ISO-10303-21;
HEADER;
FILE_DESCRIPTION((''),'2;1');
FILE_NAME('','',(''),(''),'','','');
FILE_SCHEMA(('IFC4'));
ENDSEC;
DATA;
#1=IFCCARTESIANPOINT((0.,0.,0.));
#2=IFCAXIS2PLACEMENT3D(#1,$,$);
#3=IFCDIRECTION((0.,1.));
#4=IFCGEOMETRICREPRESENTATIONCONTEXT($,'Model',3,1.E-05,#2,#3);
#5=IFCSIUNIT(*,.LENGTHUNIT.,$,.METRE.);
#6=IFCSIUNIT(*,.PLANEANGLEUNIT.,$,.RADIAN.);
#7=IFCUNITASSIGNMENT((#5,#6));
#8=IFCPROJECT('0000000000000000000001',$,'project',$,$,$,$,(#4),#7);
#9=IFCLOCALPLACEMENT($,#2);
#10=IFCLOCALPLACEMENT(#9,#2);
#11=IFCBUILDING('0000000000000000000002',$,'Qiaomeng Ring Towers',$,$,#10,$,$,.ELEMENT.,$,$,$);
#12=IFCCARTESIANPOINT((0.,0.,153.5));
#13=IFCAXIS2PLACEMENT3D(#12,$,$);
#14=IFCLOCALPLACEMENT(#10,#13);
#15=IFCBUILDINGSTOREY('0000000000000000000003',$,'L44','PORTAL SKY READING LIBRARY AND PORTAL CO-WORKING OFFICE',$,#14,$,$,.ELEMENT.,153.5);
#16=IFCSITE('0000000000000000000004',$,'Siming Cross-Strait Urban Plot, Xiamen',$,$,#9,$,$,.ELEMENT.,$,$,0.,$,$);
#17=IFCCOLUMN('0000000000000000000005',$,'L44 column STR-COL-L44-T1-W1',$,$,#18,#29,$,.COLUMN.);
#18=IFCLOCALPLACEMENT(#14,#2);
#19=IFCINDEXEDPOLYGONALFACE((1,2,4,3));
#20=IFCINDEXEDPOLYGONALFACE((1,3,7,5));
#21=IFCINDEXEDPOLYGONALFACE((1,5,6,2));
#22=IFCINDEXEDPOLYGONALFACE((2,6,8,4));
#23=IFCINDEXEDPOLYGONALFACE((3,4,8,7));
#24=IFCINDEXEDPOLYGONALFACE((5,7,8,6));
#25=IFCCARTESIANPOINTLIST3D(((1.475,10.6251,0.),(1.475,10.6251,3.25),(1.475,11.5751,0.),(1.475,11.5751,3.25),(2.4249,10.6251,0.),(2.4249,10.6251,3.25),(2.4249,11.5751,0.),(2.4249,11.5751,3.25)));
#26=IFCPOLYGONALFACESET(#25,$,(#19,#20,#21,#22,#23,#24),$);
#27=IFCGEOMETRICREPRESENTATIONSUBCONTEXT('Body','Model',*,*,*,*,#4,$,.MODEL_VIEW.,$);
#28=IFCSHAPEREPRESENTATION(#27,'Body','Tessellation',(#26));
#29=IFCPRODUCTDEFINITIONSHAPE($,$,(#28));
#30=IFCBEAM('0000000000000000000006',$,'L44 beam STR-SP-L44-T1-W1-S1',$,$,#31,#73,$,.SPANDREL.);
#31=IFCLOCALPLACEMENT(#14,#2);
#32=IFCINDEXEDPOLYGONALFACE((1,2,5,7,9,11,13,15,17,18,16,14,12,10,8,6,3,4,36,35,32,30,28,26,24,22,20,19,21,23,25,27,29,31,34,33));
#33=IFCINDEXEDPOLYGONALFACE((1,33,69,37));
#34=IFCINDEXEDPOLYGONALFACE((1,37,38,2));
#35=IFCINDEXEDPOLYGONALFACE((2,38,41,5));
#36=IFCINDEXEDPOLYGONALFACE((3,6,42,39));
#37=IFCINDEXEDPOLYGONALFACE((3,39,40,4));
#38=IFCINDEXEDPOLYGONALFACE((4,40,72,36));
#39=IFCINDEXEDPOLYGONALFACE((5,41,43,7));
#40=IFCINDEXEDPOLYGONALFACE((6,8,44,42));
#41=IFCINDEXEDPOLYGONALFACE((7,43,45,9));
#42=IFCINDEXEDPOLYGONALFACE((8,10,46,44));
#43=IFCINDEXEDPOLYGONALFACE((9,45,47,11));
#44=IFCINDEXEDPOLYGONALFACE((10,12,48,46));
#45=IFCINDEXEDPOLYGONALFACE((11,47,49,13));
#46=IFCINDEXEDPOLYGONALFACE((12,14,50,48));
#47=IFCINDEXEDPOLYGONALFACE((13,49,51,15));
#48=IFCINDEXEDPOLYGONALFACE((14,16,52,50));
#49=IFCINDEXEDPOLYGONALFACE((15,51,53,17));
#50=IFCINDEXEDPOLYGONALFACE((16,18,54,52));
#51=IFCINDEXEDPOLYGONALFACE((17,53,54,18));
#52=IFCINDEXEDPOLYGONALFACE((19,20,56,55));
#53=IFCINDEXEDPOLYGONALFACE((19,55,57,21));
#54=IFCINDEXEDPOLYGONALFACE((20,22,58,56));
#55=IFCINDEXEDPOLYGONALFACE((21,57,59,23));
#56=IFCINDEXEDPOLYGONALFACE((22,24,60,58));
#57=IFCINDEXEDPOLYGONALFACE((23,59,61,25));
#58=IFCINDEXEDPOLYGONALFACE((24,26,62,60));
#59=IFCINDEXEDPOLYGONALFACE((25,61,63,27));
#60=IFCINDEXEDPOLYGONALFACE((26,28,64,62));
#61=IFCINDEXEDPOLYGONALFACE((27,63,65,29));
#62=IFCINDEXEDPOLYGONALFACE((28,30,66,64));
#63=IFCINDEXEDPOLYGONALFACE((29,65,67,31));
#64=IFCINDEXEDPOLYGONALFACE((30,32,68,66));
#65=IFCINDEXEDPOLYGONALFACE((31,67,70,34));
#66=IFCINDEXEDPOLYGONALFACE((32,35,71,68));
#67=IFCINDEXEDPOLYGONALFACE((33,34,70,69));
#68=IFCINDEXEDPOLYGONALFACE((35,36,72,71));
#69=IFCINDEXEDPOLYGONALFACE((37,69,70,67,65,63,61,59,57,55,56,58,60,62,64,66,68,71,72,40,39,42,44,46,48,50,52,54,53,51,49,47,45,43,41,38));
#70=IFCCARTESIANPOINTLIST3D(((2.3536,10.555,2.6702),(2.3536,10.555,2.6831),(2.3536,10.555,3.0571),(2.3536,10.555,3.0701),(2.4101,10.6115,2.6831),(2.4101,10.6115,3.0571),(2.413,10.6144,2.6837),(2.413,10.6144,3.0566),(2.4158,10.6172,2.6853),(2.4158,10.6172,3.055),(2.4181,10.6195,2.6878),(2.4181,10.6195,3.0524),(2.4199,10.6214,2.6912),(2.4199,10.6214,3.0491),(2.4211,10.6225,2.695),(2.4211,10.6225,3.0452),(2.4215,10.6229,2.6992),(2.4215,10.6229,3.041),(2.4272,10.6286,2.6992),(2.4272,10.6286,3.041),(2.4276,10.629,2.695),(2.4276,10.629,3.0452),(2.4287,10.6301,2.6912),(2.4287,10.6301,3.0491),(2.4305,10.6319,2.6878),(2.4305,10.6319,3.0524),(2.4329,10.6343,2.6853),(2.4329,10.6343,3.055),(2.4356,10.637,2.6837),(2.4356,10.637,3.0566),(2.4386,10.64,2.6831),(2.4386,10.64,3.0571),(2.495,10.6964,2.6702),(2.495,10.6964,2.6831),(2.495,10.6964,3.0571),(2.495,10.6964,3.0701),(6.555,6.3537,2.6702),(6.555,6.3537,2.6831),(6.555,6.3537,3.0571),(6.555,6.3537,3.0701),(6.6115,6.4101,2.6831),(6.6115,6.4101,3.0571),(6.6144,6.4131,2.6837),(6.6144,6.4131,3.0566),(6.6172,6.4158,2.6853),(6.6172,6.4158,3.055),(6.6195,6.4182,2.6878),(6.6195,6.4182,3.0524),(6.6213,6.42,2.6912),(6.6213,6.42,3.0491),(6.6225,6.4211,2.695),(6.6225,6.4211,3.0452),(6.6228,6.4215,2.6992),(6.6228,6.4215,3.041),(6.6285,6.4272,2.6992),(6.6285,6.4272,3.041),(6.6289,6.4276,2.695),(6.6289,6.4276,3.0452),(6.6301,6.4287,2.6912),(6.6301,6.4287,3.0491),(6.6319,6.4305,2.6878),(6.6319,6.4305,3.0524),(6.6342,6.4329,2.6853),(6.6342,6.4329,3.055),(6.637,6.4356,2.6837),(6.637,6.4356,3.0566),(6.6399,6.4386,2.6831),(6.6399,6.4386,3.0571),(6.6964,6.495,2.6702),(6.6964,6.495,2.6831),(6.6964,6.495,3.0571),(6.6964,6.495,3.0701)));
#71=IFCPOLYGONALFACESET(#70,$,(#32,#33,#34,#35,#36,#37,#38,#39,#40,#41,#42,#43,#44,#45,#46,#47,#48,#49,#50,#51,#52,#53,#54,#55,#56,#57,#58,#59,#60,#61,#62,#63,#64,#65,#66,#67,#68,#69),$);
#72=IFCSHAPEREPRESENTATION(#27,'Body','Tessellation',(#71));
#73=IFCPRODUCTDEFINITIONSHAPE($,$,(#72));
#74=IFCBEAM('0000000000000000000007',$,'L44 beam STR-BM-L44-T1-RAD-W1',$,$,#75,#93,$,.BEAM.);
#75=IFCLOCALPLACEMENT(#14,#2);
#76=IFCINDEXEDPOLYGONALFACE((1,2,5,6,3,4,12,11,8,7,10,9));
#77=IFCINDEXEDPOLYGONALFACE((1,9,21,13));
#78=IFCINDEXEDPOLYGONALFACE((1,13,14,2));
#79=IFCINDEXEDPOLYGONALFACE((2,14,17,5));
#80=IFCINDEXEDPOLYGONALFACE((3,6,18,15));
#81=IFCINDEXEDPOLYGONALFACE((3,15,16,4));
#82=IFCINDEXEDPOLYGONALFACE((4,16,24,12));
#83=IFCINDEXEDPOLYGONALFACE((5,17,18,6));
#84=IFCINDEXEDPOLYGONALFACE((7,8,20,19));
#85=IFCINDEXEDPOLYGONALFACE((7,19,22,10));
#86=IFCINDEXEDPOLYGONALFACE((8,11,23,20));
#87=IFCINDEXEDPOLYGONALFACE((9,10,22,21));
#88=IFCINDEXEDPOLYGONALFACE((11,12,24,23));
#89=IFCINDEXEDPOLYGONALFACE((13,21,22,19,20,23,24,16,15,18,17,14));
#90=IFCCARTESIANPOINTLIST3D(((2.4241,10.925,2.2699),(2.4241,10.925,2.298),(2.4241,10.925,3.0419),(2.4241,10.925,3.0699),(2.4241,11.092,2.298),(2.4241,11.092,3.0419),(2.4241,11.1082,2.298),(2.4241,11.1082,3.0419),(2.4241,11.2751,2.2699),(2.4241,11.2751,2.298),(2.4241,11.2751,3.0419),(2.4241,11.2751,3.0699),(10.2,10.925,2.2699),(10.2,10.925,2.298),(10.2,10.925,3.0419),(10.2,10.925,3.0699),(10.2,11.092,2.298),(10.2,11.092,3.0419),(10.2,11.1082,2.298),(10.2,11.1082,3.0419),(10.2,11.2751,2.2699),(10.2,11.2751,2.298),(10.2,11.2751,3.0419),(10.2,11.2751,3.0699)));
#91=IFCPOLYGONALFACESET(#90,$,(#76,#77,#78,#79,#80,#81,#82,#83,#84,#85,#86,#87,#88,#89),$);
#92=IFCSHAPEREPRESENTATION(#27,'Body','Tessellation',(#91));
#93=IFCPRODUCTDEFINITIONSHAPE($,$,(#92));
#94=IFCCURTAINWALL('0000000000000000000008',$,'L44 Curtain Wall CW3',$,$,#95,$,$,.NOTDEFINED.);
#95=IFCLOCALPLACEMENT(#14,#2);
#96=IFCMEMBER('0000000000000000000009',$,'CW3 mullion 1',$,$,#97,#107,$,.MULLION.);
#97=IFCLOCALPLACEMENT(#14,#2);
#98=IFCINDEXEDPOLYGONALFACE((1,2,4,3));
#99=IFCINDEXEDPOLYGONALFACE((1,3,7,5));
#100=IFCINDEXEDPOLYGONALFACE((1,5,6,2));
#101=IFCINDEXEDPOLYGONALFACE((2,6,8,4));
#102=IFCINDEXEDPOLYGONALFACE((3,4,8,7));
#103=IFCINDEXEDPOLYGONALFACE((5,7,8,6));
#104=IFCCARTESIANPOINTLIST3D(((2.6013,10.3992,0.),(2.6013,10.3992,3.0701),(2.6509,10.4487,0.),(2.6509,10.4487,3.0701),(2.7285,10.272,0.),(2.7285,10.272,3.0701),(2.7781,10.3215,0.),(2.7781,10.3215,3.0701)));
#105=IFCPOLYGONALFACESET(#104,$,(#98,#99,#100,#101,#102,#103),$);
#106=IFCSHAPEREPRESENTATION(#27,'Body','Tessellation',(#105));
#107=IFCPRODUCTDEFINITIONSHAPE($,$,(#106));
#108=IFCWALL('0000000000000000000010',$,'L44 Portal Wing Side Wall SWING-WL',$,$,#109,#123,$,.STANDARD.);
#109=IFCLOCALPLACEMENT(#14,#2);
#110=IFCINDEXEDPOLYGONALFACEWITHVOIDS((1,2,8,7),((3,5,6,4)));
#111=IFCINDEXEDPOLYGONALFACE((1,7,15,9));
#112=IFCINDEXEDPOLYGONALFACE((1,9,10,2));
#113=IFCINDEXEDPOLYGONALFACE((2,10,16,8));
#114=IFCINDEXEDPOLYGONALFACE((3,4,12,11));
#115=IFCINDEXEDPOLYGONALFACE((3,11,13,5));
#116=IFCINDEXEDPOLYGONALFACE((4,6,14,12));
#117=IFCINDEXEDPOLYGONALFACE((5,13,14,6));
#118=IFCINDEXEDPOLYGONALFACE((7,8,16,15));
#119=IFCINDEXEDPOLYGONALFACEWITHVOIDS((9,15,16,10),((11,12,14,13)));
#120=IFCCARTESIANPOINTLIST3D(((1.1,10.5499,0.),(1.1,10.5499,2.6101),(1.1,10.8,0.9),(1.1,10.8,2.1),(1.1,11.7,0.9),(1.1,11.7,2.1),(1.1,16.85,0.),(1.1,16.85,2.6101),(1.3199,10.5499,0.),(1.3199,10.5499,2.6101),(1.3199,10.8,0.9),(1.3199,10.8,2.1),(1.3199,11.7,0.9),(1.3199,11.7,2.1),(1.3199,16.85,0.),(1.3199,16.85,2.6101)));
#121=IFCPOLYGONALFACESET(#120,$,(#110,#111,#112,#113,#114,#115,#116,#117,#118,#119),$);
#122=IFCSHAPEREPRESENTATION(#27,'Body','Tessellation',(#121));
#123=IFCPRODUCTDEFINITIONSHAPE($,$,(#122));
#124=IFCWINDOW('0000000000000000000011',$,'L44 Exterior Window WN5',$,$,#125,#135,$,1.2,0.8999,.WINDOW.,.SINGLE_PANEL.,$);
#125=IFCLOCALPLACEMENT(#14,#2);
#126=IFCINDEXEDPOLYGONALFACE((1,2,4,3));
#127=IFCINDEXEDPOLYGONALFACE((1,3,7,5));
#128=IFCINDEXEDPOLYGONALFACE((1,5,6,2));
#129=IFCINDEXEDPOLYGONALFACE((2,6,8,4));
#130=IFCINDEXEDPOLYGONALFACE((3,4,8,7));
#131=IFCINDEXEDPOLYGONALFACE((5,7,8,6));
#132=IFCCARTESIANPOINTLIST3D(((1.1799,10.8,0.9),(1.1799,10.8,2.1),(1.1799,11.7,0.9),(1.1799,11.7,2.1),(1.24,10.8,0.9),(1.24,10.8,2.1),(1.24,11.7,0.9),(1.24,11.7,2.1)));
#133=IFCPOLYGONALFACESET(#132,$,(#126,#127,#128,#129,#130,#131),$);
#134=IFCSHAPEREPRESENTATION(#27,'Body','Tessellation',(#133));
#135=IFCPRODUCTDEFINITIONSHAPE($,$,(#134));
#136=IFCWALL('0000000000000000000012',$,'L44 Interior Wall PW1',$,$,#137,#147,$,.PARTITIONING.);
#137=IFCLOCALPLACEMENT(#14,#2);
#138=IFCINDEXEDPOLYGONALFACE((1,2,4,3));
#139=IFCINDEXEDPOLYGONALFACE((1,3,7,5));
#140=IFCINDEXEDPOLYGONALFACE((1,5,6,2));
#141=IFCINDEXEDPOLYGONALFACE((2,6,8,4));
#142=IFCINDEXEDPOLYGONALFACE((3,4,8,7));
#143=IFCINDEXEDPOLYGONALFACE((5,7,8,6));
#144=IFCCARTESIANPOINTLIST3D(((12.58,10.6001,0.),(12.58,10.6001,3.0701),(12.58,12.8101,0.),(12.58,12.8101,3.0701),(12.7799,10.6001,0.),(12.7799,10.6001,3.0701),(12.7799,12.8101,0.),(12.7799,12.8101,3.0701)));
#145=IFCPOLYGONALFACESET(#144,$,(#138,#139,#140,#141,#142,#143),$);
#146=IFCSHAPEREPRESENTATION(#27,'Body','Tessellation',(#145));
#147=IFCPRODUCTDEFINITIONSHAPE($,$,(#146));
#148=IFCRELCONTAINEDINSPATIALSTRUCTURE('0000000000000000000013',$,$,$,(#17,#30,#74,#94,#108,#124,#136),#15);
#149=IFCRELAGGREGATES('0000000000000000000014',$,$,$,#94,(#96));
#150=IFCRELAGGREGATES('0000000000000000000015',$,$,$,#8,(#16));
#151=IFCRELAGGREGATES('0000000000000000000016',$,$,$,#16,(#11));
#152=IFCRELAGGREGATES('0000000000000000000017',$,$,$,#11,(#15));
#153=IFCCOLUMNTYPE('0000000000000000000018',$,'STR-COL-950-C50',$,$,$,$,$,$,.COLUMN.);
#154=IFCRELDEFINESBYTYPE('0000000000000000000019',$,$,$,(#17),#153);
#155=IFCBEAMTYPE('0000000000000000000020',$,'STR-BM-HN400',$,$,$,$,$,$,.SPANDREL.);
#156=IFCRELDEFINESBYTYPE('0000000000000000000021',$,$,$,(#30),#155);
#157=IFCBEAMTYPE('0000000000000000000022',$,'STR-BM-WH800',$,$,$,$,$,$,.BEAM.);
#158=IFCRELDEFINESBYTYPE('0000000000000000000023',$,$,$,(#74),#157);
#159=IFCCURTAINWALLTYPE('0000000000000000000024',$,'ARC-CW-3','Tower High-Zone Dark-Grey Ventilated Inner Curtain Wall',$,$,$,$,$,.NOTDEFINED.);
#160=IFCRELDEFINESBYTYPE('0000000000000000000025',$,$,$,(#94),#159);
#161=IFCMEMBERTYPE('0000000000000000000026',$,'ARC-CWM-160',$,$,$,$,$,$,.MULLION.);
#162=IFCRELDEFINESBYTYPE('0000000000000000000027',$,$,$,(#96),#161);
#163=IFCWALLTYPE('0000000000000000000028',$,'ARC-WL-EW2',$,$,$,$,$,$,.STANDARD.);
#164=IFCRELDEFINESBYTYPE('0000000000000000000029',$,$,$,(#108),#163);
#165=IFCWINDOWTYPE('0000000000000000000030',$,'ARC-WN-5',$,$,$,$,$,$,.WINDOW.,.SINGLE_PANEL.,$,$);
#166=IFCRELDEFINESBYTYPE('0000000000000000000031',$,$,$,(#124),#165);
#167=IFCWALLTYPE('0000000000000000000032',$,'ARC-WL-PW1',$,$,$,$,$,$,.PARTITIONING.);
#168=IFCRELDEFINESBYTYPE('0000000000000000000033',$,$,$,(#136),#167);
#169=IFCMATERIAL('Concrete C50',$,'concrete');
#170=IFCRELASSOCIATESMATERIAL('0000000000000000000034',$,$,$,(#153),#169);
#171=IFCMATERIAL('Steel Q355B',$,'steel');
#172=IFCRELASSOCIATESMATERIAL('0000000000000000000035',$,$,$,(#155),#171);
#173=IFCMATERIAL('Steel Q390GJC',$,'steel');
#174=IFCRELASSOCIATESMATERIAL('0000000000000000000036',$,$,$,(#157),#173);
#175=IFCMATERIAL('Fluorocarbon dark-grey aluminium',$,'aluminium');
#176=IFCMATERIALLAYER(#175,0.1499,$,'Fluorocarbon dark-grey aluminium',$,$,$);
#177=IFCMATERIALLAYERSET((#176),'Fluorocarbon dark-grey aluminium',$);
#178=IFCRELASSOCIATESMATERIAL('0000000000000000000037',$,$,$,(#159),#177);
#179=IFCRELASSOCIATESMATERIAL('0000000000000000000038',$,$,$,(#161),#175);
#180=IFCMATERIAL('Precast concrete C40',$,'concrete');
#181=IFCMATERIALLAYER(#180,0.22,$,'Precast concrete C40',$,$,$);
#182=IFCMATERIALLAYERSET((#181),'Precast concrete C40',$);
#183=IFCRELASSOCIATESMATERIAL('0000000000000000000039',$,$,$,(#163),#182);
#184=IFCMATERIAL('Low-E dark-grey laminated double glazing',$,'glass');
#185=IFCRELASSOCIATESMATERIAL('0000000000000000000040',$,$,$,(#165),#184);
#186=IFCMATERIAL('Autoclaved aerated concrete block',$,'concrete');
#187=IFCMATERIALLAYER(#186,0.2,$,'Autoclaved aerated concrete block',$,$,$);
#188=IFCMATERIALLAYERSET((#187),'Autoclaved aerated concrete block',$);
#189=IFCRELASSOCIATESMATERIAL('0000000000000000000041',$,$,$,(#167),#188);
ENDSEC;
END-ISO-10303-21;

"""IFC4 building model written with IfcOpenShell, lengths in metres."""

from ifc_helpers import new_model, si_unit, direction, frame, frame_2d, origin, origin_2d, place, context, subcontext, project, spatial, rectangle, i_section, extrude, source, transform, mapped, material, layer, layer_set, material_profile, profile_set, type_object, element, fill, aggregate, save


model = new_model("IFC4")

# Units and contexts
model_context = context("Model", 3, precision=1e-05, world=origin(), true_north=direction((0.0, 1.0)))
body_context = subcontext(model_context, "Body", "Model", "MODEL_VIEW")
ifc_project = project(units=[si_unit("LENGTHUNIT", "METRE"), si_unit("PLANEANGLEUNIT", "RADIAN")], contexts=[model_context])

# Site, building, storey
site_placement = place(None, origin())
site = spatial("IfcSite", under=ifc_project, at=site_placement, Name="Siming Cross-Strait Urban Plot, Xiamen", CompositionType="ELEMENT", RefElevation=0.0)
building_placement = place(site_placement, origin())
building = spatial("IfcBuilding", under=site, at=building_placement, Name="Qiaomeng Ring Towers", CompositionType="ELEMENT")
storey_placement = place(building_placement, frame((0.0, 0.0, 153.5)))
storey = spatial("IfcBuildingStorey", under=building, at=storey_placement, Name="L44", Description="PORTAL SKY READING LIBRARY AND PORTAL CO-WORKING OFFICE", CompositionType="ELEMENT", Elevation=153.5)

# Column
ifc_material_1 = material(Name="Concrete C50", Category="concrete")
ifc_material_profile_1 = material_profile(ifc_material_1, rectangle(XDim=0.95, YDim=0.95, at=origin_2d()), Name="RC COL 950x950")
ifc_profile_set_1 = profile_set([ifc_material_profile_1], Name="Concrete C50")
column_type = type_object("IfcColumnType", Name="STR-COL-950-C50", PredefinedType="COLUMN", material=ifc_profile_set_1)
shared_shape_1 = source(origin(), body_context, "Body", "SweptSolid", [
    extrude(rectangle(XDim=0.95, YDim=0.95, at=origin_2d()), origin(), (0.0, 0.0, 1.0), 3.25),
])
column_placement = place(storey_placement, frame((1.95, 11.1001, 0.0), z_axis=(0.0, 0.0, 1.0), x_axis=(1.0, 0.0, 0.0)))
element("IfcColumn", 1, at=column_placement, inside=storey, type_object=column_type, Name="L44 column STR-COL-L44-T1-W1", PredefinedType="COLUMN", context=body_context, shape_type="MappedRepresentation", body=[
    mapped(shared_shape_1, transform((0.0, 0.0, 0.0), x_axis=(1.0, 0.0, 0.0), y_axis=(0.0, 1.0, 0.0), z_axis=(0.0, 0.0, 1.0), scale=1.0)),
])

# Beams
ifc_material_2 = material(Name="Steel Q355B", Category="steel")
ifc_material_profile_2 = material_profile(ifc_material_2, i_section(OverallWidth=0.2, OverallDepth=0.3999, WebThickness=0.0081, FlangeThickness=0.0129, FilletRadius=0.0161, at=origin_2d()), Name="HN 400x200x8x13")
ifc_profile_set_2 = profile_set([ifc_material_profile_2], Name="Steel Q355B")
beam_type_1 = type_object("IfcBeamType", Name="STR-BM-HN400", PredefinedType="SPANDREL", material=ifc_profile_set_2)
shared_shape_2 = source(origin(), body_context, "Body", "SweptSolid", [
    extrude(i_section(OverallWidth=0.2, OverallDepth=0.3999, WebThickness=0.0081, FlangeThickness=0.0129, FilletRadius=0.0161, at=origin_2d()), origin(), (0.0, 0.0, 1.0), 5.9417),
])
beam_1_placement = place(storey_placement, frame((2.4243, 10.6257, 2.8701), z_axis=(0.707107, -0.707107, 0.0), x_axis=(0.707107, 0.707107, 0.0)))
element("IfcBeam", 2, at=beam_1_placement, inside=storey, type_object=beam_type_1, Name="L44 beam STR-SP-L44-T1-W1-S1", PredefinedType="SPANDREL", context=body_context, shape_type="MappedRepresentation", body=[
    mapped(shared_shape_2, transform((0.0, 0.0, 0.0), x_axis=(1.0, 0.0, 0.0), y_axis=(0.0, 1.0, 0.0), z_axis=(0.0, 0.0, 1.0), scale=1.0)),
])
ifc_material_3 = material(Name="Steel Q390GJC", Category="steel")
ifc_material_profile_3 = material_profile(ifc_material_3, i_section(OverallWidth=0.3501, OverallDepth=0.8, WebThickness=0.0161, FlangeThickness=0.0281, at=origin_2d()), Name="WH 800x350x16x28")
ifc_profile_set_3 = profile_set([ifc_material_profile_3], Name="Steel Q390GJC")
beam_type_2 = type_object("IfcBeamType", Name="STR-BM-WH800", PredefinedType="BEAM", material=ifc_profile_set_3)
shared_shape_3 = source(origin(), body_context, "Body", "SweptSolid", [
    extrude(i_section(OverallWidth=0.3501, OverallDepth=0.8, WebThickness=0.0161, FlangeThickness=0.0281, at=origin_2d()), origin(), (0.0, 0.0, 1.0), 7.7759),
])
beam_2_placement = place(storey_placement, frame((2.4241, 11.1001, 2.6699), z_axis=(1.0, 0.0, 0.0), x_axis=(0.0, 1.0, 0.0)))
element("IfcBeam", 3, at=beam_2_placement, inside=storey, type_object=beam_type_2, Name="L44 beam STR-BM-L44-T1-RAD-W1", PredefinedType="BEAM", context=body_context, shape_type="MappedRepresentation", body=[
    mapped(shared_shape_3, transform((0.0, 0.0, 0.0), x_axis=(1.0, 0.0, 0.0), y_axis=(0.0, 1.0, 0.0), z_axis=(0.0, 0.0, 1.0), scale=1.0)),
])

# Curtain wall, member
ifc_material_4 = material(Name="Fluorocarbon dark-grey aluminium", Category="aluminium")
ifc_layer_1 = layer(ifc_material_4, 0.1499, Name="Fluorocarbon dark-grey aluminium")
ifc_layer_set_1 = layer_set([ifc_layer_1], Name="Fluorocarbon dark-grey aluminium")
curtain_wall_type = type_object("IfcCurtainWallType", Name="ARC-CW-3", Description="Tower High-Zone Dark-Grey Ventilated Inner Curtain Wall", PredefinedType="NOTDEFINED", material=ifc_layer_set_1)
curtain_wall_placement = place(storey_placement, origin())
curtain_wall = element("IfcCurtainWall", 4, at=curtain_wall_placement, inside=storey, type_object=curtain_wall_type, Name="L44 Curtain Wall CW3", PredefinedType="NOTDEFINED")
ifc_material_profile_4 = material_profile(ifc_material_4, rectangle(XDim=0.0701, YDim=0.1799, at=origin_2d()), Name="ALU MULL 70x180")
ifc_profile_set_4 = profile_set([ifc_material_profile_4], Name="Fluorocarbon dark-grey aluminium")
member_type = type_object("IfcMemberType", Name="ARC-CWM-160", PredefinedType="MULLION", material=ifc_profile_set_4)
shared_shape_4 = source(origin(), body_context, "Body", "SweptSolid", [
    extrude(rectangle(XDim=0.0701, YDim=0.1799, at=origin_2d()), origin(), (0.0, 0.0, 1.0), 3.0701),
])
member_placement = place(storey_placement, frame((2.6897, 10.3604, 0.0), z_axis=(0.0, 0.0, 1.0), x_axis=(0.707107, 0.707107, 0.0)))
member = element("IfcMember", 5, at=member_placement, type_object=member_type, Name="CW3 mullion 1", PredefinedType="MULLION", context=body_context, shape_type="MappedRepresentation", body=[
    mapped(shared_shape_4, transform((0.0, 0.0, 0.0), x_axis=(1.0, 0.0, 0.0), y_axis=(0.0, 1.0, 0.0), z_axis=(0.0, 0.0, 1.0), scale=1.0)),
])
aggregate(curtain_wall, [member])

# Wall, opening, window
ifc_material_5 = material(Name="Precast concrete C40", Category="concrete")
ifc_layer_2 = layer(ifc_material_5, 0.22, Name="Precast concrete C40")
ifc_layer_set_2 = layer_set([ifc_layer_2], Name="Precast concrete C40")
wall_type_1 = type_object("IfcWallType", Name="ARC-WL-EW2", PredefinedType="STANDARD", material=ifc_layer_set_2)
wall_1_placement = place(storey_placement, frame((1.21, 10.55, 0.0), z_axis=(0.0, 0.0, 1.0), x_axis=(0.0, 1.0, 0.0)))
wall_1 = element("IfcWall", 6, at=wall_1_placement, inside=storey, type_object=wall_type_1, Name="L44 Portal Wing Side Wall SWING-WL", PredefinedType="STANDARD", context=body_context, shape_type="SweptSolid", body=[
    extrude(rectangle(XDim=6.3, YDim=0.22, at=frame_2d((3.1499, 0.0))), origin(), (0.0, 0.0, 1.0), 2.6101),
])
opening_1_placement = place(wall_1_placement, frame((0.25, 0.0, 0.8999)))
opening_1 = element("IfcOpeningElement", 7, at=opening_1_placement, cuts=wall_1, PredefinedType="OPENING", context=body_context, shape_type="SweptSolid", body=[
    extrude(rectangle(XDim=0.8999, YDim=1.2, at=frame_2d((0.45, 0.6001))), frame((0.0, 0.1199, 0.0), z_axis=(0.0, -1.0, 0.0), x_axis=(1.0, 0.0, 0.0)), (0.0, 0.0, 1.0), 0.24),
])
ifc_material_6 = material(Name="Low-E dark-grey laminated double glazing", Category="glass")
window_type = type_object("IfcWindowType", Name="ARC-WN-5", PartitioningType="SINGLE_PANEL", PredefinedType="WINDOW", material=ifc_material_6)
shared_shape_5 = source(origin(), body_context, "Body", "SweptSolid", [
    extrude(rectangle(XDim=0.8999, YDim=1.2, at=frame_2d((0.45, 0.6001))), frame((0.0, 0.03, 0.0), z_axis=(0.0, -1.0, 0.0), x_axis=(1.0, 0.0, 0.0)), (0.0, 0.0, 1.0), 0.0601),
])
window_placement = place(opening_1_placement, origin())
window = element("IfcWindow", 8, at=window_placement, inside=storey, type_object=window_type, Name="L44 Exterior Window WN5", OverallHeight=1.2, OverallWidth=0.8999, PartitioningType="SINGLE_PANEL", PredefinedType="WINDOW", context=body_context, shape_type="MappedRepresentation", body=[
    mapped(shared_shape_5, transform((0.0, 0.0, 0.0), x_axis=(1.0, 0.0, 0.0), y_axis=(0.0, 1.0, 0.0), z_axis=(0.0, 0.0, 1.0), scale=1.0)),
])
fill(opening_1, window)

# Wall
ifc_material_7 = material(Name="Autoclaved aerated concrete block", Category="concrete")
ifc_layer_3 = layer(ifc_material_7, 0.2, Name="Autoclaved aerated concrete block")
ifc_layer_set_3 = layer_set([ifc_layer_3], Name="Autoclaved aerated concrete block")
wall_type_2 = type_object("IfcWallType", Name="ARC-WL-PW1", PredefinedType="PARTITIONING", material=ifc_layer_set_3)
wall_2_placement = place(storey_placement, frame((12.6799, 10.6001, 0.0), z_axis=(0.0, 0.0, 1.0), x_axis=(0.0, 1.0, 0.0)))
element("IfcWall", 9, at=wall_2_placement, inside=storey, type_object=wall_type_2, Name="L44 Interior Wall PW1", PredefinedType="PARTITIONING", context=body_context, shape_type="SweptSolid", body=[
    extrude(rectangle(XDim=2.21, YDim=0.2, at=frame_2d((1.105, 0.0))), origin(), (0.0, 0.0, 1.0), 3.0701),
])

save(model, "model.ifc")
